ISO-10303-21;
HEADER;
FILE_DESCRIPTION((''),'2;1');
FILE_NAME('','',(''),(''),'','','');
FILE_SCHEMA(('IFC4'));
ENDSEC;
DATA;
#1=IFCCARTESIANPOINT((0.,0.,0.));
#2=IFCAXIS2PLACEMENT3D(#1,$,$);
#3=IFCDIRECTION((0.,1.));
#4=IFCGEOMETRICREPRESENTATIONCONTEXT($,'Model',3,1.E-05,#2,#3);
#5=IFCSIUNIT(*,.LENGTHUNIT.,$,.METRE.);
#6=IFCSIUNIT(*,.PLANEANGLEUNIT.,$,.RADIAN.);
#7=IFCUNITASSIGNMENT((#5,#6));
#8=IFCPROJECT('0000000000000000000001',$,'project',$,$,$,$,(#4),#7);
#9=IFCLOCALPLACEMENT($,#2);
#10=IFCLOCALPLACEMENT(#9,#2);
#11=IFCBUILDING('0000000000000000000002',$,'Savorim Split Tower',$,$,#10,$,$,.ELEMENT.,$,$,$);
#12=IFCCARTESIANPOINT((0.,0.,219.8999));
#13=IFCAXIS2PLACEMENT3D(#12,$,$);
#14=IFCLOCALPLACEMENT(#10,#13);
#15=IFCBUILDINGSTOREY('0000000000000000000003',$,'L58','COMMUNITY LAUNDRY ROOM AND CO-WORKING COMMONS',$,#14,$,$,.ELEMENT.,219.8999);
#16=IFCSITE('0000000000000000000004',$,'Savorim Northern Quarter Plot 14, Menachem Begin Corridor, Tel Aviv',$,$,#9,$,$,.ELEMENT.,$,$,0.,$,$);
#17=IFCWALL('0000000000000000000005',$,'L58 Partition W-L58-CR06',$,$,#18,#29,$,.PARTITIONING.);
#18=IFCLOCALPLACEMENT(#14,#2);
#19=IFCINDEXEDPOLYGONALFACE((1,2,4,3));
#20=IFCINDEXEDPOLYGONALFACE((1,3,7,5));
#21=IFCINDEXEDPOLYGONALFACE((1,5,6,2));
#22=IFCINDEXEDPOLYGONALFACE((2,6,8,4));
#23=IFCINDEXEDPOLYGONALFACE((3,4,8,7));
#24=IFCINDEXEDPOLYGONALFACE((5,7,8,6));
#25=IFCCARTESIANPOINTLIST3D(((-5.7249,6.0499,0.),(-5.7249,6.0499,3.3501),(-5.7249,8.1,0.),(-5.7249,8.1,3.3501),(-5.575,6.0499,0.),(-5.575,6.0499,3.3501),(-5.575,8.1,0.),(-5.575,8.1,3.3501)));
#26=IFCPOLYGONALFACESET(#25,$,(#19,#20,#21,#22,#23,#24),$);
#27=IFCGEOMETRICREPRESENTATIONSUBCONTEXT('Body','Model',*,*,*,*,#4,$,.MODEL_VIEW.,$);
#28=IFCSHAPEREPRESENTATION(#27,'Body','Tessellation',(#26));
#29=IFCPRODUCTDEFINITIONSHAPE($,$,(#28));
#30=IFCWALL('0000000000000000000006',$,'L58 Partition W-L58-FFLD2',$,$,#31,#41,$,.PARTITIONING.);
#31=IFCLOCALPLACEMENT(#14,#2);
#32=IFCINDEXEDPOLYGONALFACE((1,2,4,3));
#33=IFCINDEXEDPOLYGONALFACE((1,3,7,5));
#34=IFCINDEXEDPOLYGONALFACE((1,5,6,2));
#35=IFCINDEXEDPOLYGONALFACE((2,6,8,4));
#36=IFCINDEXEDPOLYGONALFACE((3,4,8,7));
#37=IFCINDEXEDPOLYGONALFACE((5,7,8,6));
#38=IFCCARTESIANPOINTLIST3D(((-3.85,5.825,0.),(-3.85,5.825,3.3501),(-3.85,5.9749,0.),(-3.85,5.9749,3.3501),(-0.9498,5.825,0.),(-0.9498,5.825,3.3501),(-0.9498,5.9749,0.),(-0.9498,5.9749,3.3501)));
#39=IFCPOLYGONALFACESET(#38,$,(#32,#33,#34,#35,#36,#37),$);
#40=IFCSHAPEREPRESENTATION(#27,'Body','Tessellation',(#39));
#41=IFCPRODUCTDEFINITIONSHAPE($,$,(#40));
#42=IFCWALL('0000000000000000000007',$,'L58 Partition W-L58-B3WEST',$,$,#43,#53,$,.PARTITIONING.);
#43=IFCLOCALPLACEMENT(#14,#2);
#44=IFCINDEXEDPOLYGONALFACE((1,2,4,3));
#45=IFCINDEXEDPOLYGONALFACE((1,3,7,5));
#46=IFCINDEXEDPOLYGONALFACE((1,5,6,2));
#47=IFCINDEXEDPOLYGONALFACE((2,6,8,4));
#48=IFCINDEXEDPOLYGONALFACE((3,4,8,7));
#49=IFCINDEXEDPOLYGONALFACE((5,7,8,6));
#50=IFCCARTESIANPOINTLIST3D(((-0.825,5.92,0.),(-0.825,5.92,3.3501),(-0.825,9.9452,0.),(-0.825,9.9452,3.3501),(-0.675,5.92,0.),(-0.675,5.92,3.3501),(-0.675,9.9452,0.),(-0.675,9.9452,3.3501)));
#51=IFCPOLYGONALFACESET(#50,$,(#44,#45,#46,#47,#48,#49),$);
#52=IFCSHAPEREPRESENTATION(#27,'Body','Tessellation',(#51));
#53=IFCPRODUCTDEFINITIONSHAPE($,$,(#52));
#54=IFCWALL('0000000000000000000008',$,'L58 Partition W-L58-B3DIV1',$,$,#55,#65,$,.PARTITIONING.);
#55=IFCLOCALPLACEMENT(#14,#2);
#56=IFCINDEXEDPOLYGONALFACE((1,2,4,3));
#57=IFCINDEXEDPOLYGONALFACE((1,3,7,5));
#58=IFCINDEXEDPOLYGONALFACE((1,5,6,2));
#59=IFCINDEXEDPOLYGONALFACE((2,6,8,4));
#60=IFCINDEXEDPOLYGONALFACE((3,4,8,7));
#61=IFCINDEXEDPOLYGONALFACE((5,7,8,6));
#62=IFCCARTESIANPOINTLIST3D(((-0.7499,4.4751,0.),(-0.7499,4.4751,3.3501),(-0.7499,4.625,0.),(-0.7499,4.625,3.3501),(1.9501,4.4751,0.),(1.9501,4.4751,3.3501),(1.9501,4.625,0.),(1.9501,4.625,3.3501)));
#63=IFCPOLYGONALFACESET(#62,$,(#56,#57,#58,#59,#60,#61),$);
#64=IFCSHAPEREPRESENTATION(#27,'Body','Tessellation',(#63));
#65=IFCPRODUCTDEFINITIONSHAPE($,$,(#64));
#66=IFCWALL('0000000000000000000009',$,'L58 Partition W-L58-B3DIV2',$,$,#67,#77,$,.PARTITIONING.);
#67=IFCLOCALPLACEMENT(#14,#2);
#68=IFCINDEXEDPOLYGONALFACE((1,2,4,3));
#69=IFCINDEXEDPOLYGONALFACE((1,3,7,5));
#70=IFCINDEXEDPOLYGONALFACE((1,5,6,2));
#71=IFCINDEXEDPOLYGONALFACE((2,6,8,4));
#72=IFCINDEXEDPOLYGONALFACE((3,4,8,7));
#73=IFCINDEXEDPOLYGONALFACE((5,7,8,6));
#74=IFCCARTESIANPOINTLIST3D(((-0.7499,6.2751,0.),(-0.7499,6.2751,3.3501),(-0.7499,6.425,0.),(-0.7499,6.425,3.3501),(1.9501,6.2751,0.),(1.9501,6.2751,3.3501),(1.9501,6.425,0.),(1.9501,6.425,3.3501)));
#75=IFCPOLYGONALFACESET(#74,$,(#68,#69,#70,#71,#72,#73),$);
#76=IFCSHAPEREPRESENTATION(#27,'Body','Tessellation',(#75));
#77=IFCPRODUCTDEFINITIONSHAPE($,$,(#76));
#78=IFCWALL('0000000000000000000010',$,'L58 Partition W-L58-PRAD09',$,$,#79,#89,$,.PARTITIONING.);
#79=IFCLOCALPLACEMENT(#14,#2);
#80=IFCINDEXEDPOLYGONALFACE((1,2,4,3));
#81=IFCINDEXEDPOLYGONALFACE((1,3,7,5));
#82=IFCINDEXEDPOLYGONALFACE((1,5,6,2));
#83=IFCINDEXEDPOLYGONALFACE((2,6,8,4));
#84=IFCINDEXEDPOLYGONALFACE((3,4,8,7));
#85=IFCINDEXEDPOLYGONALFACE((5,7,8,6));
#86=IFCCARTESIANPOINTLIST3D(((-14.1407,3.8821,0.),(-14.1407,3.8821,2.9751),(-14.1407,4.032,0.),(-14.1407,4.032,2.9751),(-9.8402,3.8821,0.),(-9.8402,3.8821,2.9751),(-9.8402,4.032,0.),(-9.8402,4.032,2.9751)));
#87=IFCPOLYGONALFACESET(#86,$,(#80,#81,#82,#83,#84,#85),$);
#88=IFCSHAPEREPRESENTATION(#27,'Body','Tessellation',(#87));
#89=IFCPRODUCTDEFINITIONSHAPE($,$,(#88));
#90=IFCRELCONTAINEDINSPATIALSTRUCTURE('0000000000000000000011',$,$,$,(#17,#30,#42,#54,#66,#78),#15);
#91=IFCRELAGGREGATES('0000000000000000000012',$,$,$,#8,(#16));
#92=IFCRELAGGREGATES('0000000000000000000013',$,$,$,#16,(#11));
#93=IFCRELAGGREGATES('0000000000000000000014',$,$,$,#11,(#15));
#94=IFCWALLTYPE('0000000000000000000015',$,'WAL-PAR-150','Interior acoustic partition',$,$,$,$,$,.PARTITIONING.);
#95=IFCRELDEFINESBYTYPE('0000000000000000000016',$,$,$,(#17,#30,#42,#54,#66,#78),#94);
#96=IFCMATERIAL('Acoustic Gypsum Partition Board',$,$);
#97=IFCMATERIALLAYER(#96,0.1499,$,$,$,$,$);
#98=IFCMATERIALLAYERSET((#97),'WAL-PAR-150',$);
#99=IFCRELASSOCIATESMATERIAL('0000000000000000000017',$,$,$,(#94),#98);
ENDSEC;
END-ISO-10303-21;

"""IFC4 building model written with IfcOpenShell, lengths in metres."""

from ifc_helpers import new_model, si_unit, direction, frame, frame_2d, origin, place, context, subcontext, project, spatial, rectangle, extrude, material, layer, layer_set, type_object, element, save


model = new_model("IFC4")

# Units and contexts
model_context = context("Model", 3, precision=1e-05, world=origin(), true_north=direction((0.0, 1.0)))
body_context = subcontext(model_context, "Body", "Model", "MODEL_VIEW")
ifc_project = project(units=[si_unit("LENGTHUNIT", "METRE"), si_unit("PLANEANGLEUNIT", "RADIAN")], contexts=[model_context])

# Site, building, storey
site_placement = place(None, origin())
site = spatial("IfcSite", under=ifc_project, at=site_placement, Name="Savorim Northern Quarter Plot 14, Menachem Begin Corridor, Tel Aviv", CompositionType="ELEMENT", RefElevation=0.0)
building_placement = place(site_placement, origin())
building = spatial("IfcBuilding", under=site, at=building_placement, Name="Savorim Split Tower", CompositionType="ELEMENT")
storey_placement = place(building_placement, frame((0.0, 0.0, 219.8999)))
storey = spatial("IfcBuildingStorey", under=building, at=storey_placement, Name="L58", Description="COMMUNITY LAUNDRY ROOM AND CO-WORKING COMMONS", CompositionType="ELEMENT", Elevation=219.8999)

# Walls
ifc_material_1 = material(Name="Acoustic Gypsum Partition Board")
ifc_layer_1 = layer(ifc_material_1, 0.1499)
ifc_layer_set_1 = layer_set([ifc_layer_1], Name="WAL-PAR-150")
wall_type_1 = type_object("IfcWallType", Name="WAL-PAR-150", Description="Interior acoustic partition", PredefinedType="PARTITIONING", material=ifc_layer_set_1)
wall_1_placement = place(storey_placement, frame((-5.6499, 6.05, 0.0), z_axis=(0.0, 0.0, 1.0), x_axis=(0.0, 1.0, 0.0)))
element("IfcWall", 1, at=wall_1_placement, inside=storey, type_object=wall_type_1, Name="L58 Partition W-L58-CR06", PredefinedType="PARTITIONING", context=body_context, shape_type="SweptSolid", body=[
    extrude(rectangle(XDim=2.05, YDim=0.1499, at=frame_2d((1.0249, 0.0))), origin(), (0.0, 0.0, 1.0), 3.3501),
])
wall_2_placement = place(storey_placement, frame((-3.8501, 5.8999, 0.0), z_axis=(0.0, 0.0, 1.0), x_axis=(1.0, 0.0, 0.0)))
element("IfcWall", 2, at=wall_2_placement, inside=storey, type_object=wall_type_1, Name="L58 Partition W-L58-FFLD2", PredefinedType="PARTITIONING", context=body_context, shape_type="SweptSolid", body=[
    extrude(rectangle(XDim=2.9001, YDim=0.1499, at=frame_2d((1.4502, 0.0))), origin(), (0.0, 0.0, 1.0), 3.3501),
])
wall_3_placement = place(storey_placement, frame((-0.75, 5.9199, 0.0), z_axis=(0.0, 0.0, 1.0), x_axis=(0.0, 1.0, 0.0)))
element("IfcWall", 3, at=wall_3_placement, inside=storey, type_object=wall_type_1, Name="L58 Partition W-L58-B3WEST", PredefinedType="PARTITIONING", context=body_context, shape_type="SweptSolid", body=[
    extrude(rectangle(XDim=4.0251, YDim=0.1499, at=frame_2d((2.0127, 0.0))), origin(), (0.0, 0.0, 1.0), 3.3501),
])
for number, where, z_axis, x_axis, name in (
    (4, (-0.75, 4.55, 0.0), (0.0, 0.0, 1.0), (1.0, 0.0, 0.0), "L58 Partition W-L58-B3DIV1"),
    (5, (-0.75, 6.3501, 0.0), (0.0, 0.0, 1.0), (1.0, 0.0, 0.0), "L58 Partition W-L58-B3DIV2"),
):
    element("IfcWall", number, at=place(storey_placement, frame(where, z_axis=z_axis, x_axis=x_axis)), inside=storey, type_object=wall_type_1, Name=name, PredefinedType="PARTITIONING", context=body_context, shape_type="SweptSolid", body=[
        extrude(rectangle(XDim=2.7, YDim=0.1499, at=frame_2d((1.3501, 0.0))), origin(), (0.0, 0.0, 1.0), 3.3501),
    ])
wall_4_placement = place(storey_placement, frame((-9.8401, 3.957, 0.0), z_axis=(0.0, 0.0, 1.0), x_axis=(-1.0, 0.0, 0.0)))
element("IfcWall", 6, at=wall_4_placement, inside=storey, type_object=wall_type_1, Name="L58 Partition W-L58-PRAD09", PredefinedType="PARTITIONING", context=body_context, shape_type="SweptSolid", body=[
    extrude(rectangle(XDim=4.3005, YDim=0.1499, at=frame_2d((2.1504, 0.0))), origin(), (0.0, 0.0, 1.0), 2.9751),
])

save(model, "model.ifc")
